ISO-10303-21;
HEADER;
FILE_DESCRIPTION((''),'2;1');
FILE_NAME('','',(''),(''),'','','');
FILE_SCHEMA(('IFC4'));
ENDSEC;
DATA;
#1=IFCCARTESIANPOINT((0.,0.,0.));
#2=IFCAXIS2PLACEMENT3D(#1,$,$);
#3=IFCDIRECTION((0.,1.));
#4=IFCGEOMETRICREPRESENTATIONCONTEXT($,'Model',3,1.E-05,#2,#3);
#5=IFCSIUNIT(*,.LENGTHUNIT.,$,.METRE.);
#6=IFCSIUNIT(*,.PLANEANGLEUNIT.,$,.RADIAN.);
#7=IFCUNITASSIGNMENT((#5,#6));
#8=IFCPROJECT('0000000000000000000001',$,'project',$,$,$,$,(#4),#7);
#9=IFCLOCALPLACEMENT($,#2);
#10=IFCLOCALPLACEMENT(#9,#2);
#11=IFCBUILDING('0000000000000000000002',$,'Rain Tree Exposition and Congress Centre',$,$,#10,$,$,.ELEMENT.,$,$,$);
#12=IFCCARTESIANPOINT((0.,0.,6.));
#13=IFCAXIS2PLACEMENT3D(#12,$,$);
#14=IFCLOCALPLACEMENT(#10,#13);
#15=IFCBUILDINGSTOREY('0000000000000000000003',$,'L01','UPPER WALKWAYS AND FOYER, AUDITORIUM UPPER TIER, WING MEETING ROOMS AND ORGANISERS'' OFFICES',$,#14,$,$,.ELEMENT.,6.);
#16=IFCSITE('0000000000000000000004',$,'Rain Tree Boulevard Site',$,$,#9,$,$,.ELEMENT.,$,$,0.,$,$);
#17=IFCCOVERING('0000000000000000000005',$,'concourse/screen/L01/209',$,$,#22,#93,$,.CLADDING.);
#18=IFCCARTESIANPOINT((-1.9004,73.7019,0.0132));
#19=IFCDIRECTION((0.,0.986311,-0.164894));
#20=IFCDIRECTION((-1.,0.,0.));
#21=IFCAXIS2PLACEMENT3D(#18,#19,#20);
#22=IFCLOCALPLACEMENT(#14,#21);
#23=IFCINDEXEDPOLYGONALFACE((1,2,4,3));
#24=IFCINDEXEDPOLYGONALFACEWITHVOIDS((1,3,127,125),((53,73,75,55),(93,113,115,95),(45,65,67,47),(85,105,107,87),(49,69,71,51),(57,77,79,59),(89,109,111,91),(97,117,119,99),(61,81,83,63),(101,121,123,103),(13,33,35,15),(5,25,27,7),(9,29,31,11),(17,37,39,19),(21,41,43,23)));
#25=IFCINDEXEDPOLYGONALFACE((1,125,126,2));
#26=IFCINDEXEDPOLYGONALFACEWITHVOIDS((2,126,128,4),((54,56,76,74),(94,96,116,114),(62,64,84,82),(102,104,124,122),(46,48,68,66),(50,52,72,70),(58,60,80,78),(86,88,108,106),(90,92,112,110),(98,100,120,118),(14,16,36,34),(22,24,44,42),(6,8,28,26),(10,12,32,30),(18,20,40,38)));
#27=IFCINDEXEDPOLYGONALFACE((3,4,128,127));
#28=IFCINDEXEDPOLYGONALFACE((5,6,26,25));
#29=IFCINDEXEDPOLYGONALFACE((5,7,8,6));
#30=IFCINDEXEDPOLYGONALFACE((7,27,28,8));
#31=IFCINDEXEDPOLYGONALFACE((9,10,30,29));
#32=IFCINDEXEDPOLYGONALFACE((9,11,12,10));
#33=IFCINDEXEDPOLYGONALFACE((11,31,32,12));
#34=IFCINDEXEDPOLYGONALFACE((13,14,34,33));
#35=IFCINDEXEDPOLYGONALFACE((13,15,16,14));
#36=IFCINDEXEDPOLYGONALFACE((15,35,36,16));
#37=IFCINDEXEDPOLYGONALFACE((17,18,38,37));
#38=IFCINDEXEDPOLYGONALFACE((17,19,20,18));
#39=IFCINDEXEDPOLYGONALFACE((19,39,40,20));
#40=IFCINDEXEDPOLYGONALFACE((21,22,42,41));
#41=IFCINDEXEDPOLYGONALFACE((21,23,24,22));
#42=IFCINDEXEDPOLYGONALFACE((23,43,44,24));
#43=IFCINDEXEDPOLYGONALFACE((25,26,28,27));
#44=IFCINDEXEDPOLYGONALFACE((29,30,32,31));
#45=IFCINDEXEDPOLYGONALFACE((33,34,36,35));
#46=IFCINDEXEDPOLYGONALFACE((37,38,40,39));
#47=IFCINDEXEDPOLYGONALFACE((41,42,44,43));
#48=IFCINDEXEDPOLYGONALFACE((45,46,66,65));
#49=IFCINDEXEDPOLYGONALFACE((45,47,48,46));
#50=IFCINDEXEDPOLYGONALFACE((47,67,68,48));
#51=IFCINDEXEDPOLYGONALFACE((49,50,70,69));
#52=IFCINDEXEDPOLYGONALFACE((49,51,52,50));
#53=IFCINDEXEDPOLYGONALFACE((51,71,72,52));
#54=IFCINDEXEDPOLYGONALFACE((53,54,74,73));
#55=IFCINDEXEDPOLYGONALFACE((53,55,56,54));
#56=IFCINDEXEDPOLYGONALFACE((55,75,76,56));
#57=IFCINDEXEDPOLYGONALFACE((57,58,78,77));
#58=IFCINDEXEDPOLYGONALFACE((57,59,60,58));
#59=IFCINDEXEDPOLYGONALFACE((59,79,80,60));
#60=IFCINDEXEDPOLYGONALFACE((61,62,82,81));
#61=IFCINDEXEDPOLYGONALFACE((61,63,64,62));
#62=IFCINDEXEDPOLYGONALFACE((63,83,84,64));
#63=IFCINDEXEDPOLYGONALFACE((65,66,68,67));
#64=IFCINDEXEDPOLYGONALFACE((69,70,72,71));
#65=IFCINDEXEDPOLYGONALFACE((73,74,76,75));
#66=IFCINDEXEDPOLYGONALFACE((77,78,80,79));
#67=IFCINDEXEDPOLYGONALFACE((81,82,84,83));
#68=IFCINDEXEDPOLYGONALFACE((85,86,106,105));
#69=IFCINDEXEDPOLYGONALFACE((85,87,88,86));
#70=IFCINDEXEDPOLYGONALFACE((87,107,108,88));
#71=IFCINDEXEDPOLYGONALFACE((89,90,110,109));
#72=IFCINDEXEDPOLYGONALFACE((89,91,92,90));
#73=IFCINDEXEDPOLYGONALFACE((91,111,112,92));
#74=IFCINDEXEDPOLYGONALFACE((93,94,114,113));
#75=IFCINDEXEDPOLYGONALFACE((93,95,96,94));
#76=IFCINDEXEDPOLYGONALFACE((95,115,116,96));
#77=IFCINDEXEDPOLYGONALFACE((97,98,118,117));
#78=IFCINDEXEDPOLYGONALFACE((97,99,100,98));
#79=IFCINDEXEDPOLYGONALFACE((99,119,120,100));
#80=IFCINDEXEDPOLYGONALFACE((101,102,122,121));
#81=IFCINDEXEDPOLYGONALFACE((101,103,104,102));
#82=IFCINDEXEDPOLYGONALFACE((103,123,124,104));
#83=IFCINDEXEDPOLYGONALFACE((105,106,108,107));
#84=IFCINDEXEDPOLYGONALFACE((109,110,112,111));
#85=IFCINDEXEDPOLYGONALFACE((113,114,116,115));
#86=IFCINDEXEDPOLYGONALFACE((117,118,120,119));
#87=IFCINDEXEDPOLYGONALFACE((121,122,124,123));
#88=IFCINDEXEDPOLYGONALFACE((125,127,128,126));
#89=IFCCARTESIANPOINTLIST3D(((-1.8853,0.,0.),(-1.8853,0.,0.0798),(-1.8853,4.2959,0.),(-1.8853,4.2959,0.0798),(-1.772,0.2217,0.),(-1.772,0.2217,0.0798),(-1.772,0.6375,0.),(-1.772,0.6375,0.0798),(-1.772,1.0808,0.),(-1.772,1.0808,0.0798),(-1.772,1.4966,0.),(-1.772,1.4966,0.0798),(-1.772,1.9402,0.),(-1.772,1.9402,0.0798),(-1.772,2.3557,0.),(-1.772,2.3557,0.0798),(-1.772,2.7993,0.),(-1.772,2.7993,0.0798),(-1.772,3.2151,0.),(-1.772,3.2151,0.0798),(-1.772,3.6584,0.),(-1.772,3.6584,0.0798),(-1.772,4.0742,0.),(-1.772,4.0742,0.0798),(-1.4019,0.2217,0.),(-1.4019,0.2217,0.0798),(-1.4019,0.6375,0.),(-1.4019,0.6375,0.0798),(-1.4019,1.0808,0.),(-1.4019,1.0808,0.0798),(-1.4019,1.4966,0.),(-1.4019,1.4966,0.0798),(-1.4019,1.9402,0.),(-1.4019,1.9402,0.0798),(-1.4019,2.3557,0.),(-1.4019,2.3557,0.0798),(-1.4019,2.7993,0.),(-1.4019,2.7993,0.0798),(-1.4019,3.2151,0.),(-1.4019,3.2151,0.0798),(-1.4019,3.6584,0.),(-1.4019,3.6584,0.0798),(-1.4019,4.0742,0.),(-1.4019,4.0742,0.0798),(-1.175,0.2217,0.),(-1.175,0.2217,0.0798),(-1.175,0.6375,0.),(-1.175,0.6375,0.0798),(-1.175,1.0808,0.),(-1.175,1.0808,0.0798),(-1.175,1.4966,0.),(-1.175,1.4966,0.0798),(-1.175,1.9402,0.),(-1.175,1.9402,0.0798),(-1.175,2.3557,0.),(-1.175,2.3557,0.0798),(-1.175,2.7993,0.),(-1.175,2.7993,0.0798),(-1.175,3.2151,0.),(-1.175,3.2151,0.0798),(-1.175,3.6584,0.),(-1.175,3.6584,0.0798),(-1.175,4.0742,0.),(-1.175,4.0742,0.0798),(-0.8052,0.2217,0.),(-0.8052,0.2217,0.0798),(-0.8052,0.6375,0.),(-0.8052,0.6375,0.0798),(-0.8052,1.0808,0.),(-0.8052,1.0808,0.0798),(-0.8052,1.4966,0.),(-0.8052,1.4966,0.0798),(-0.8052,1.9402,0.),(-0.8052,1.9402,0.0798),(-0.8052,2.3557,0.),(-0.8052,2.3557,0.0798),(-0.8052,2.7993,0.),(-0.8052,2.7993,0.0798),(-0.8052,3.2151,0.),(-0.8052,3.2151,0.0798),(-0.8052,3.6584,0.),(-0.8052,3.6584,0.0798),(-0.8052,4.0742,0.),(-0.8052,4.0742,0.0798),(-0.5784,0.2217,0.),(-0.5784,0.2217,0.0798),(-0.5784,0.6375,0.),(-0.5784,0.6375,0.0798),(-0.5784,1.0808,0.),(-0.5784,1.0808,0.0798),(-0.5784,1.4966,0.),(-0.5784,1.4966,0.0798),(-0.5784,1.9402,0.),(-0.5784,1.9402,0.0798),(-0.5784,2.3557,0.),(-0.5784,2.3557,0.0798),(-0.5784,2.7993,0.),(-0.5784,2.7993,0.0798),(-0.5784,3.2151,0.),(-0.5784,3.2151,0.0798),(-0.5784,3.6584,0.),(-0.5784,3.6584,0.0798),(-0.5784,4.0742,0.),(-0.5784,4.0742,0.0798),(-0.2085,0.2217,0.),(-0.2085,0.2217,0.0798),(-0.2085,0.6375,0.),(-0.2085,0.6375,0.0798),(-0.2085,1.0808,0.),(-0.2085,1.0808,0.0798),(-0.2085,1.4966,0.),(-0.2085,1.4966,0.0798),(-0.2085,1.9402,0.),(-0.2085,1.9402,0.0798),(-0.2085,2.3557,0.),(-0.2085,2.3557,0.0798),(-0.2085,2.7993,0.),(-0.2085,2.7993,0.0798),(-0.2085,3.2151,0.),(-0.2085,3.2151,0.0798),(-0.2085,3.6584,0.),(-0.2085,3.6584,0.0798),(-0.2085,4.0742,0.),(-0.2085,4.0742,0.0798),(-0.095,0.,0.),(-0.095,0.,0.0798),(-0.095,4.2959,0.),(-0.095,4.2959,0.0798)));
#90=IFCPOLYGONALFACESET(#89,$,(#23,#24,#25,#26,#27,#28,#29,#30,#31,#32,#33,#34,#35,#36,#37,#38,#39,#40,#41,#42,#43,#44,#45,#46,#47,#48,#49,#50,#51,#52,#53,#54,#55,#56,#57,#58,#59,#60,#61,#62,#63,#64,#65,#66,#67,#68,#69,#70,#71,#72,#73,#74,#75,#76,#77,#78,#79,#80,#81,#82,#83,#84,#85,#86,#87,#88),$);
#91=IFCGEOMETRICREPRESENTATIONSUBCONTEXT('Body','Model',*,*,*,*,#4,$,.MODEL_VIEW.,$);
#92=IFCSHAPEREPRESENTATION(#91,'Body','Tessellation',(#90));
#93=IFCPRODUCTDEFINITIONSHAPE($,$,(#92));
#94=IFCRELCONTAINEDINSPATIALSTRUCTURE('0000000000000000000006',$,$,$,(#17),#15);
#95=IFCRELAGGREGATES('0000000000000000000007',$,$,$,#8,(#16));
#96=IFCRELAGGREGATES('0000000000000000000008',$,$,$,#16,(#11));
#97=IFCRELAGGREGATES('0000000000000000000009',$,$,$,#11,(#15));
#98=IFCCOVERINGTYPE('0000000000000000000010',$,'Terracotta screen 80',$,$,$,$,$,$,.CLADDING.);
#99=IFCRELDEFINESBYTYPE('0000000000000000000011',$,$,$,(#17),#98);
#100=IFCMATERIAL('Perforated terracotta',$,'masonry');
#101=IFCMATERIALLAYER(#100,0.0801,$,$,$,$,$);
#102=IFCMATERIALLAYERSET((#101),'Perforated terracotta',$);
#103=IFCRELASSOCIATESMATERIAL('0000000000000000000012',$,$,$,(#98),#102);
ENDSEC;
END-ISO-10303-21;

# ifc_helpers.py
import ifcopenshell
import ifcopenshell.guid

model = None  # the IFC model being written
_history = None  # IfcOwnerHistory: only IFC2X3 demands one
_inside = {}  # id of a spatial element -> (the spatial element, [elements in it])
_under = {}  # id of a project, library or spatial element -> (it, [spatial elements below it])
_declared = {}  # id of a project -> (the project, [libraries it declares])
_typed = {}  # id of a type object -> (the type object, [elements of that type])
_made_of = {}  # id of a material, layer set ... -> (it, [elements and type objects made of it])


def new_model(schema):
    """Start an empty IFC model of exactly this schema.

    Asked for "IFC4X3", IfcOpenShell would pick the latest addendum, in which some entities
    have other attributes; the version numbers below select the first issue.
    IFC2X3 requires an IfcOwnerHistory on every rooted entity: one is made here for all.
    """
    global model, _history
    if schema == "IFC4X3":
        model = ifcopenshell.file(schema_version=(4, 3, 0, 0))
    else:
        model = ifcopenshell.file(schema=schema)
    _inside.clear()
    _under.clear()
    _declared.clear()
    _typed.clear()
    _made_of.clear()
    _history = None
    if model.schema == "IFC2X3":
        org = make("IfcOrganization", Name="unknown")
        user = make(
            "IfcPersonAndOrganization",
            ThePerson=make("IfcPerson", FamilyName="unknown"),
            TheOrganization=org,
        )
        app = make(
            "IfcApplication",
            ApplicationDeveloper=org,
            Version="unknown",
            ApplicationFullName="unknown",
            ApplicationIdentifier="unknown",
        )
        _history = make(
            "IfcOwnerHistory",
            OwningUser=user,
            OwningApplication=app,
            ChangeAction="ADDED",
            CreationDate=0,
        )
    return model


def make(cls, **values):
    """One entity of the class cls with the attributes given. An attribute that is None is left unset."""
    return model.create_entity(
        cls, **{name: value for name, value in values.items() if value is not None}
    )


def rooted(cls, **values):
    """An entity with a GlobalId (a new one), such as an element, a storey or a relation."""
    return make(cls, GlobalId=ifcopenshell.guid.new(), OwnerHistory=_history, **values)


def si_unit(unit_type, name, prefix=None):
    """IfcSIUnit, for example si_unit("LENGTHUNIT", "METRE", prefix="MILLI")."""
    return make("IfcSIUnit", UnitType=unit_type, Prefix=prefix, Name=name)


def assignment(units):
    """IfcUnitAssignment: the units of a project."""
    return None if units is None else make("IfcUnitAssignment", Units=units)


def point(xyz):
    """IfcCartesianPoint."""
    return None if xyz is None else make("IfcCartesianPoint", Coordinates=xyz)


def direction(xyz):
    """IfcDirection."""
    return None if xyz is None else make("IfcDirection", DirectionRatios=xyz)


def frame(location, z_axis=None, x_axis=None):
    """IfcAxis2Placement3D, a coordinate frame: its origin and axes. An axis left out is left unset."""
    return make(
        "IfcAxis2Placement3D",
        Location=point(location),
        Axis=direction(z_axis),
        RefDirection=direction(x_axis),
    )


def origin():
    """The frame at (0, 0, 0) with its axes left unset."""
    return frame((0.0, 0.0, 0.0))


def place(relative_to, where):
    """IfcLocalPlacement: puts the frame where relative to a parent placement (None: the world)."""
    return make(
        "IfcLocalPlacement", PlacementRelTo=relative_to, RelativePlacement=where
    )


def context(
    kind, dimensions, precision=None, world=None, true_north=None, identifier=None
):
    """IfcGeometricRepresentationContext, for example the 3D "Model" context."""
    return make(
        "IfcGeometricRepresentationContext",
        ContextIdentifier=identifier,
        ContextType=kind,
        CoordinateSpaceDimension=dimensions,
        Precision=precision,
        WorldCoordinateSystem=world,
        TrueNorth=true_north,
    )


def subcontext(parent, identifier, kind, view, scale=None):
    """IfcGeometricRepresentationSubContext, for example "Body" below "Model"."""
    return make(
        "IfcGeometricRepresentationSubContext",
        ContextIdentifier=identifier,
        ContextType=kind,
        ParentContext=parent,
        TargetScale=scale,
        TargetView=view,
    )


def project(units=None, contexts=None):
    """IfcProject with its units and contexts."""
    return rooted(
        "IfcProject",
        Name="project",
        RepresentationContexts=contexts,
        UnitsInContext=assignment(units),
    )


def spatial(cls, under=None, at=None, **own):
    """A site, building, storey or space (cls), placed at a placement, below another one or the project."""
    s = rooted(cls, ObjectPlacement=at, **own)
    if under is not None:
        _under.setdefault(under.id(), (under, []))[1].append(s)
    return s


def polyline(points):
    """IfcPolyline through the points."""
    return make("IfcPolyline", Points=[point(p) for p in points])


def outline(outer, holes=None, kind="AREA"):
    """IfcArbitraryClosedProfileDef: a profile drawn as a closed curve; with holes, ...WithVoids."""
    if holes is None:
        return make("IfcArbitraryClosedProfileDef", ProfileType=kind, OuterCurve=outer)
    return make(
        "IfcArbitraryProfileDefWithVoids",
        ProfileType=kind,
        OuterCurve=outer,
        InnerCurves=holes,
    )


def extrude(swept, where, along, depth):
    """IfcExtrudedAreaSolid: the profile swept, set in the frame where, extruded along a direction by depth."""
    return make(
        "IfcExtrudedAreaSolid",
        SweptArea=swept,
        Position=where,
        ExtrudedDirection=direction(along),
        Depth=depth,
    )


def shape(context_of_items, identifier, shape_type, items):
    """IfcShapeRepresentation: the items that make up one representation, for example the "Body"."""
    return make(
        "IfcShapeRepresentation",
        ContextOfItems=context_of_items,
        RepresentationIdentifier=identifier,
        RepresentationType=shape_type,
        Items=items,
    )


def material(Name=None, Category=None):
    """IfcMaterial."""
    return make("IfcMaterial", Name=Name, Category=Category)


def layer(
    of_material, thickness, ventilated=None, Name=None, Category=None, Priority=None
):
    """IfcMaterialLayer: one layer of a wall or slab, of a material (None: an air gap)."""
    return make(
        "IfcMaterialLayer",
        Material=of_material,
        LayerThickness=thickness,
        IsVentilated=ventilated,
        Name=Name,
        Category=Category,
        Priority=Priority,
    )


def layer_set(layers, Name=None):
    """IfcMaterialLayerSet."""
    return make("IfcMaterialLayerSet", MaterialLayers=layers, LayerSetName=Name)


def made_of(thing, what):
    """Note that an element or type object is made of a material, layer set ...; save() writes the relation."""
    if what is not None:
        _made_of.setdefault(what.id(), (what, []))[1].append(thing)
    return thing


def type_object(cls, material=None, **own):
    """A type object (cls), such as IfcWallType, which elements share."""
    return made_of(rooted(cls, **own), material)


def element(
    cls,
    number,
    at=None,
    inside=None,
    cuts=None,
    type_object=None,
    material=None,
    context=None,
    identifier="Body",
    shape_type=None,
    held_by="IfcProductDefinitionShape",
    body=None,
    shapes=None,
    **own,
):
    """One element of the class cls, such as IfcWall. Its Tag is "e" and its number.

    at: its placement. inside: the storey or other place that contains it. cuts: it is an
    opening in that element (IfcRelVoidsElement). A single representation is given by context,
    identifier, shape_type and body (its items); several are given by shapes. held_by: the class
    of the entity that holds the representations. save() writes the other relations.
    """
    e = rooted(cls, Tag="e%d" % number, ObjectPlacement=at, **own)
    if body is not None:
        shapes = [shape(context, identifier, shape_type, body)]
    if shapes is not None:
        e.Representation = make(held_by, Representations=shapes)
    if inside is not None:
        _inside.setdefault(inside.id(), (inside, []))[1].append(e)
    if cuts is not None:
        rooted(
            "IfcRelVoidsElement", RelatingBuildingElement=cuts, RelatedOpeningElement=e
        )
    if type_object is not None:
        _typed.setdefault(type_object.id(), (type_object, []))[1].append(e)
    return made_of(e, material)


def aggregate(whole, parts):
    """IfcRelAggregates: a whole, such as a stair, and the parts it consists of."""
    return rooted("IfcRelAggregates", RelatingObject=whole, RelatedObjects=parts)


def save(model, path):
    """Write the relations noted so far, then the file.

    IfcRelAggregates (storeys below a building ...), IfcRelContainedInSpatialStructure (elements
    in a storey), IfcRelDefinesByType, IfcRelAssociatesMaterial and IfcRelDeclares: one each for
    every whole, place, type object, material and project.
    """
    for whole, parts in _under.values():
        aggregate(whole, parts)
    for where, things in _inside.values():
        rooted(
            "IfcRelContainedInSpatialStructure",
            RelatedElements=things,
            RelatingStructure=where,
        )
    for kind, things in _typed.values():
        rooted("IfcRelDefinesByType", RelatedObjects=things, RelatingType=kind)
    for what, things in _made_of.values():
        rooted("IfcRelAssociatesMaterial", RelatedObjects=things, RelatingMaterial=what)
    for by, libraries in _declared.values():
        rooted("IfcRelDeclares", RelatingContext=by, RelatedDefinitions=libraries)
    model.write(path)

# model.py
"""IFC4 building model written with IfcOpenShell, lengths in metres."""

from ifc_helpers import new_model, si_unit, direction, frame, origin, place, context, subcontext, project, spatial, polyline, outline, extrude, material, layer, layer_set, type_object, element, save


model = new_model("IFC4")

# Units and contexts
model_context = context("Model", 3, precision=1e-05, world=origin(), true_north=direction((0.0, 1.0)))
body_context = subcontext(model_context, "Body", "Model", "MODEL_VIEW")
ifc_project = project(units=[si_unit("LENGTHUNIT", "METRE"), si_unit("PLANEANGLEUNIT", "RADIAN")], contexts=[model_context])

# Site, building, storey
site_placement = place(None, origin())
site = spatial("IfcSite", under=ifc_project, at=site_placement, Name="Rain Tree Boulevard Site", CompositionType="ELEMENT", RefElevation=0.0)
building_placement = place(site_placement, origin())
building = spatial("IfcBuilding", under=site, at=building_placement, Name="Rain Tree Exposition and Congress Centre", CompositionType="ELEMENT")
storey_placement = place(building_placement, frame((0.0, 0.0, 6.0)))
storey = spatial("IfcBuildingStorey", under=building, at=storey_placement, Name="L01", Description="UPPER WALKWAYS AND FOYER, AUDITORIUM UPPER TIER, WING MEETING ROOMS AND ORGANISERS' OFFICES", CompositionType="ELEMENT", Elevation=6.0)

# Covering
ifc_material_1 = material(Name="Perforated terracotta", Category="masonry")
ifc_layer_1 = layer(ifc_material_1, 0.0801)
ifc_layer_set_1 = layer_set([ifc_layer_1], Name="Perforated terracotta")
covering_type = type_object("IfcCoveringType", Name="Terracotta screen 80", PredefinedType="CLADDING", material=ifc_layer_set_1)
covering_1_placement = place(storey_placement, frame((-1.9004, 73.7019, 0.0132), z_axis=(0.0, 0.986311, -0.164894), x_axis=(-1.0, 0.0, 0.0)))
element("IfcCovering", 1, at=covering_1_placement, inside=storey, type_object=covering_type, Name="concourse/screen/L01/209", PredefinedType="CLADDING", context=body_context, shape_type="SweptSolid", body=[
    extrude(outline(polyline([(-1.8853, 0.0), (-1.8853, 4.2959), (-0.095, 4.2959), (-0.095, 0.0), (-1.8853, 0.0)]), holes=[polyline([(-0.2085, 0.2217), (-0.2085, 0.6375), (-0.5784, 0.6375), (-0.5784, 0.2217), (-0.2085, 0.2217)]), polyline([(-0.2085, 1.0808), (-0.2085, 1.4966), (-0.5784, 1.4966), (-0.5784, 1.0808), (-0.2085, 1.0808)]), polyline([(-0.2085, 1.9402), (-0.2085, 2.3557), (-0.5784, 2.3557), (-0.5784, 1.9402), (-0.2085, 1.9402)]), polyline([(-0.2085, 2.7993), (-0.2085, 3.2151), (-0.5784, 3.2151), (-0.5784, 2.7993), (-0.2085, 2.7993)]), polyline([(-0.2085, 3.6584), (-0.2085, 4.0742), (-0.5784, 4.0742), (-0.5784, 3.6584), (-0.2085, 3.6584)]), polyline([(-0.8052, 0.2217), (-0.8052, 0.6375), (-1.175, 0.6375), (-1.175, 0.2217), (-0.8052, 0.2217)]), polyline([(-0.8052, 1.0808), (-0.8052, 1.4966), (-1.175, 1.4966), (-1.175, 1.0808), (-0.8052, 1.0808)]), polyline([(-0.8052, 1.9402), (-0.8052, 2.3557), (-1.175, 2.3557), (-1.175, 1.9402), (-0.8052, 1.9402)]), polyline([(-0.8052, 2.7993), (-0.8052, 3.2151), (-1.175, 3.2151), (-1.175, 2.7993), (-0.8052, 2.7993)]), polyline([(-0.8052, 3.6584), (-0.8052, 4.0742), (-1.175, 4.0742), (-1.175, 3.6584), (-0.8052, 3.6584)]), polyline([(-1.4019, 0.2217), (-1.4019, 0.6375), (-1.772, 0.6375), (-1.772, 0.2217), (-1.4019, 0.2217)]), polyline([(-1.4019, 1.0808), (-1.4019, 1.4966), (-1.772, 1.4966), (-1.772, 1.0808), (-1.4019, 1.0808)]), polyline([(-1.4019, 1.9402), (-1.4019, 2.3557), (-1.772, 2.3557), (-1.772, 1.9402), (-1.4019, 1.9402)]), polyline([(-1.4019, 2.7993), (-1.4019, 3.2151), (-1.772, 3.2151), (-1.772, 2.7993), (-1.4019, 2.7993)]), polyline([(-1.4019, 3.6584), (-1.4019, 4.0742), (-1.772, 4.0742), (-1.772, 3.6584), (-1.4019, 3.6584)])]), origin(), (0.0, 0.0, 1.0), 0.0798),
])

save(model, "model.ifc")
